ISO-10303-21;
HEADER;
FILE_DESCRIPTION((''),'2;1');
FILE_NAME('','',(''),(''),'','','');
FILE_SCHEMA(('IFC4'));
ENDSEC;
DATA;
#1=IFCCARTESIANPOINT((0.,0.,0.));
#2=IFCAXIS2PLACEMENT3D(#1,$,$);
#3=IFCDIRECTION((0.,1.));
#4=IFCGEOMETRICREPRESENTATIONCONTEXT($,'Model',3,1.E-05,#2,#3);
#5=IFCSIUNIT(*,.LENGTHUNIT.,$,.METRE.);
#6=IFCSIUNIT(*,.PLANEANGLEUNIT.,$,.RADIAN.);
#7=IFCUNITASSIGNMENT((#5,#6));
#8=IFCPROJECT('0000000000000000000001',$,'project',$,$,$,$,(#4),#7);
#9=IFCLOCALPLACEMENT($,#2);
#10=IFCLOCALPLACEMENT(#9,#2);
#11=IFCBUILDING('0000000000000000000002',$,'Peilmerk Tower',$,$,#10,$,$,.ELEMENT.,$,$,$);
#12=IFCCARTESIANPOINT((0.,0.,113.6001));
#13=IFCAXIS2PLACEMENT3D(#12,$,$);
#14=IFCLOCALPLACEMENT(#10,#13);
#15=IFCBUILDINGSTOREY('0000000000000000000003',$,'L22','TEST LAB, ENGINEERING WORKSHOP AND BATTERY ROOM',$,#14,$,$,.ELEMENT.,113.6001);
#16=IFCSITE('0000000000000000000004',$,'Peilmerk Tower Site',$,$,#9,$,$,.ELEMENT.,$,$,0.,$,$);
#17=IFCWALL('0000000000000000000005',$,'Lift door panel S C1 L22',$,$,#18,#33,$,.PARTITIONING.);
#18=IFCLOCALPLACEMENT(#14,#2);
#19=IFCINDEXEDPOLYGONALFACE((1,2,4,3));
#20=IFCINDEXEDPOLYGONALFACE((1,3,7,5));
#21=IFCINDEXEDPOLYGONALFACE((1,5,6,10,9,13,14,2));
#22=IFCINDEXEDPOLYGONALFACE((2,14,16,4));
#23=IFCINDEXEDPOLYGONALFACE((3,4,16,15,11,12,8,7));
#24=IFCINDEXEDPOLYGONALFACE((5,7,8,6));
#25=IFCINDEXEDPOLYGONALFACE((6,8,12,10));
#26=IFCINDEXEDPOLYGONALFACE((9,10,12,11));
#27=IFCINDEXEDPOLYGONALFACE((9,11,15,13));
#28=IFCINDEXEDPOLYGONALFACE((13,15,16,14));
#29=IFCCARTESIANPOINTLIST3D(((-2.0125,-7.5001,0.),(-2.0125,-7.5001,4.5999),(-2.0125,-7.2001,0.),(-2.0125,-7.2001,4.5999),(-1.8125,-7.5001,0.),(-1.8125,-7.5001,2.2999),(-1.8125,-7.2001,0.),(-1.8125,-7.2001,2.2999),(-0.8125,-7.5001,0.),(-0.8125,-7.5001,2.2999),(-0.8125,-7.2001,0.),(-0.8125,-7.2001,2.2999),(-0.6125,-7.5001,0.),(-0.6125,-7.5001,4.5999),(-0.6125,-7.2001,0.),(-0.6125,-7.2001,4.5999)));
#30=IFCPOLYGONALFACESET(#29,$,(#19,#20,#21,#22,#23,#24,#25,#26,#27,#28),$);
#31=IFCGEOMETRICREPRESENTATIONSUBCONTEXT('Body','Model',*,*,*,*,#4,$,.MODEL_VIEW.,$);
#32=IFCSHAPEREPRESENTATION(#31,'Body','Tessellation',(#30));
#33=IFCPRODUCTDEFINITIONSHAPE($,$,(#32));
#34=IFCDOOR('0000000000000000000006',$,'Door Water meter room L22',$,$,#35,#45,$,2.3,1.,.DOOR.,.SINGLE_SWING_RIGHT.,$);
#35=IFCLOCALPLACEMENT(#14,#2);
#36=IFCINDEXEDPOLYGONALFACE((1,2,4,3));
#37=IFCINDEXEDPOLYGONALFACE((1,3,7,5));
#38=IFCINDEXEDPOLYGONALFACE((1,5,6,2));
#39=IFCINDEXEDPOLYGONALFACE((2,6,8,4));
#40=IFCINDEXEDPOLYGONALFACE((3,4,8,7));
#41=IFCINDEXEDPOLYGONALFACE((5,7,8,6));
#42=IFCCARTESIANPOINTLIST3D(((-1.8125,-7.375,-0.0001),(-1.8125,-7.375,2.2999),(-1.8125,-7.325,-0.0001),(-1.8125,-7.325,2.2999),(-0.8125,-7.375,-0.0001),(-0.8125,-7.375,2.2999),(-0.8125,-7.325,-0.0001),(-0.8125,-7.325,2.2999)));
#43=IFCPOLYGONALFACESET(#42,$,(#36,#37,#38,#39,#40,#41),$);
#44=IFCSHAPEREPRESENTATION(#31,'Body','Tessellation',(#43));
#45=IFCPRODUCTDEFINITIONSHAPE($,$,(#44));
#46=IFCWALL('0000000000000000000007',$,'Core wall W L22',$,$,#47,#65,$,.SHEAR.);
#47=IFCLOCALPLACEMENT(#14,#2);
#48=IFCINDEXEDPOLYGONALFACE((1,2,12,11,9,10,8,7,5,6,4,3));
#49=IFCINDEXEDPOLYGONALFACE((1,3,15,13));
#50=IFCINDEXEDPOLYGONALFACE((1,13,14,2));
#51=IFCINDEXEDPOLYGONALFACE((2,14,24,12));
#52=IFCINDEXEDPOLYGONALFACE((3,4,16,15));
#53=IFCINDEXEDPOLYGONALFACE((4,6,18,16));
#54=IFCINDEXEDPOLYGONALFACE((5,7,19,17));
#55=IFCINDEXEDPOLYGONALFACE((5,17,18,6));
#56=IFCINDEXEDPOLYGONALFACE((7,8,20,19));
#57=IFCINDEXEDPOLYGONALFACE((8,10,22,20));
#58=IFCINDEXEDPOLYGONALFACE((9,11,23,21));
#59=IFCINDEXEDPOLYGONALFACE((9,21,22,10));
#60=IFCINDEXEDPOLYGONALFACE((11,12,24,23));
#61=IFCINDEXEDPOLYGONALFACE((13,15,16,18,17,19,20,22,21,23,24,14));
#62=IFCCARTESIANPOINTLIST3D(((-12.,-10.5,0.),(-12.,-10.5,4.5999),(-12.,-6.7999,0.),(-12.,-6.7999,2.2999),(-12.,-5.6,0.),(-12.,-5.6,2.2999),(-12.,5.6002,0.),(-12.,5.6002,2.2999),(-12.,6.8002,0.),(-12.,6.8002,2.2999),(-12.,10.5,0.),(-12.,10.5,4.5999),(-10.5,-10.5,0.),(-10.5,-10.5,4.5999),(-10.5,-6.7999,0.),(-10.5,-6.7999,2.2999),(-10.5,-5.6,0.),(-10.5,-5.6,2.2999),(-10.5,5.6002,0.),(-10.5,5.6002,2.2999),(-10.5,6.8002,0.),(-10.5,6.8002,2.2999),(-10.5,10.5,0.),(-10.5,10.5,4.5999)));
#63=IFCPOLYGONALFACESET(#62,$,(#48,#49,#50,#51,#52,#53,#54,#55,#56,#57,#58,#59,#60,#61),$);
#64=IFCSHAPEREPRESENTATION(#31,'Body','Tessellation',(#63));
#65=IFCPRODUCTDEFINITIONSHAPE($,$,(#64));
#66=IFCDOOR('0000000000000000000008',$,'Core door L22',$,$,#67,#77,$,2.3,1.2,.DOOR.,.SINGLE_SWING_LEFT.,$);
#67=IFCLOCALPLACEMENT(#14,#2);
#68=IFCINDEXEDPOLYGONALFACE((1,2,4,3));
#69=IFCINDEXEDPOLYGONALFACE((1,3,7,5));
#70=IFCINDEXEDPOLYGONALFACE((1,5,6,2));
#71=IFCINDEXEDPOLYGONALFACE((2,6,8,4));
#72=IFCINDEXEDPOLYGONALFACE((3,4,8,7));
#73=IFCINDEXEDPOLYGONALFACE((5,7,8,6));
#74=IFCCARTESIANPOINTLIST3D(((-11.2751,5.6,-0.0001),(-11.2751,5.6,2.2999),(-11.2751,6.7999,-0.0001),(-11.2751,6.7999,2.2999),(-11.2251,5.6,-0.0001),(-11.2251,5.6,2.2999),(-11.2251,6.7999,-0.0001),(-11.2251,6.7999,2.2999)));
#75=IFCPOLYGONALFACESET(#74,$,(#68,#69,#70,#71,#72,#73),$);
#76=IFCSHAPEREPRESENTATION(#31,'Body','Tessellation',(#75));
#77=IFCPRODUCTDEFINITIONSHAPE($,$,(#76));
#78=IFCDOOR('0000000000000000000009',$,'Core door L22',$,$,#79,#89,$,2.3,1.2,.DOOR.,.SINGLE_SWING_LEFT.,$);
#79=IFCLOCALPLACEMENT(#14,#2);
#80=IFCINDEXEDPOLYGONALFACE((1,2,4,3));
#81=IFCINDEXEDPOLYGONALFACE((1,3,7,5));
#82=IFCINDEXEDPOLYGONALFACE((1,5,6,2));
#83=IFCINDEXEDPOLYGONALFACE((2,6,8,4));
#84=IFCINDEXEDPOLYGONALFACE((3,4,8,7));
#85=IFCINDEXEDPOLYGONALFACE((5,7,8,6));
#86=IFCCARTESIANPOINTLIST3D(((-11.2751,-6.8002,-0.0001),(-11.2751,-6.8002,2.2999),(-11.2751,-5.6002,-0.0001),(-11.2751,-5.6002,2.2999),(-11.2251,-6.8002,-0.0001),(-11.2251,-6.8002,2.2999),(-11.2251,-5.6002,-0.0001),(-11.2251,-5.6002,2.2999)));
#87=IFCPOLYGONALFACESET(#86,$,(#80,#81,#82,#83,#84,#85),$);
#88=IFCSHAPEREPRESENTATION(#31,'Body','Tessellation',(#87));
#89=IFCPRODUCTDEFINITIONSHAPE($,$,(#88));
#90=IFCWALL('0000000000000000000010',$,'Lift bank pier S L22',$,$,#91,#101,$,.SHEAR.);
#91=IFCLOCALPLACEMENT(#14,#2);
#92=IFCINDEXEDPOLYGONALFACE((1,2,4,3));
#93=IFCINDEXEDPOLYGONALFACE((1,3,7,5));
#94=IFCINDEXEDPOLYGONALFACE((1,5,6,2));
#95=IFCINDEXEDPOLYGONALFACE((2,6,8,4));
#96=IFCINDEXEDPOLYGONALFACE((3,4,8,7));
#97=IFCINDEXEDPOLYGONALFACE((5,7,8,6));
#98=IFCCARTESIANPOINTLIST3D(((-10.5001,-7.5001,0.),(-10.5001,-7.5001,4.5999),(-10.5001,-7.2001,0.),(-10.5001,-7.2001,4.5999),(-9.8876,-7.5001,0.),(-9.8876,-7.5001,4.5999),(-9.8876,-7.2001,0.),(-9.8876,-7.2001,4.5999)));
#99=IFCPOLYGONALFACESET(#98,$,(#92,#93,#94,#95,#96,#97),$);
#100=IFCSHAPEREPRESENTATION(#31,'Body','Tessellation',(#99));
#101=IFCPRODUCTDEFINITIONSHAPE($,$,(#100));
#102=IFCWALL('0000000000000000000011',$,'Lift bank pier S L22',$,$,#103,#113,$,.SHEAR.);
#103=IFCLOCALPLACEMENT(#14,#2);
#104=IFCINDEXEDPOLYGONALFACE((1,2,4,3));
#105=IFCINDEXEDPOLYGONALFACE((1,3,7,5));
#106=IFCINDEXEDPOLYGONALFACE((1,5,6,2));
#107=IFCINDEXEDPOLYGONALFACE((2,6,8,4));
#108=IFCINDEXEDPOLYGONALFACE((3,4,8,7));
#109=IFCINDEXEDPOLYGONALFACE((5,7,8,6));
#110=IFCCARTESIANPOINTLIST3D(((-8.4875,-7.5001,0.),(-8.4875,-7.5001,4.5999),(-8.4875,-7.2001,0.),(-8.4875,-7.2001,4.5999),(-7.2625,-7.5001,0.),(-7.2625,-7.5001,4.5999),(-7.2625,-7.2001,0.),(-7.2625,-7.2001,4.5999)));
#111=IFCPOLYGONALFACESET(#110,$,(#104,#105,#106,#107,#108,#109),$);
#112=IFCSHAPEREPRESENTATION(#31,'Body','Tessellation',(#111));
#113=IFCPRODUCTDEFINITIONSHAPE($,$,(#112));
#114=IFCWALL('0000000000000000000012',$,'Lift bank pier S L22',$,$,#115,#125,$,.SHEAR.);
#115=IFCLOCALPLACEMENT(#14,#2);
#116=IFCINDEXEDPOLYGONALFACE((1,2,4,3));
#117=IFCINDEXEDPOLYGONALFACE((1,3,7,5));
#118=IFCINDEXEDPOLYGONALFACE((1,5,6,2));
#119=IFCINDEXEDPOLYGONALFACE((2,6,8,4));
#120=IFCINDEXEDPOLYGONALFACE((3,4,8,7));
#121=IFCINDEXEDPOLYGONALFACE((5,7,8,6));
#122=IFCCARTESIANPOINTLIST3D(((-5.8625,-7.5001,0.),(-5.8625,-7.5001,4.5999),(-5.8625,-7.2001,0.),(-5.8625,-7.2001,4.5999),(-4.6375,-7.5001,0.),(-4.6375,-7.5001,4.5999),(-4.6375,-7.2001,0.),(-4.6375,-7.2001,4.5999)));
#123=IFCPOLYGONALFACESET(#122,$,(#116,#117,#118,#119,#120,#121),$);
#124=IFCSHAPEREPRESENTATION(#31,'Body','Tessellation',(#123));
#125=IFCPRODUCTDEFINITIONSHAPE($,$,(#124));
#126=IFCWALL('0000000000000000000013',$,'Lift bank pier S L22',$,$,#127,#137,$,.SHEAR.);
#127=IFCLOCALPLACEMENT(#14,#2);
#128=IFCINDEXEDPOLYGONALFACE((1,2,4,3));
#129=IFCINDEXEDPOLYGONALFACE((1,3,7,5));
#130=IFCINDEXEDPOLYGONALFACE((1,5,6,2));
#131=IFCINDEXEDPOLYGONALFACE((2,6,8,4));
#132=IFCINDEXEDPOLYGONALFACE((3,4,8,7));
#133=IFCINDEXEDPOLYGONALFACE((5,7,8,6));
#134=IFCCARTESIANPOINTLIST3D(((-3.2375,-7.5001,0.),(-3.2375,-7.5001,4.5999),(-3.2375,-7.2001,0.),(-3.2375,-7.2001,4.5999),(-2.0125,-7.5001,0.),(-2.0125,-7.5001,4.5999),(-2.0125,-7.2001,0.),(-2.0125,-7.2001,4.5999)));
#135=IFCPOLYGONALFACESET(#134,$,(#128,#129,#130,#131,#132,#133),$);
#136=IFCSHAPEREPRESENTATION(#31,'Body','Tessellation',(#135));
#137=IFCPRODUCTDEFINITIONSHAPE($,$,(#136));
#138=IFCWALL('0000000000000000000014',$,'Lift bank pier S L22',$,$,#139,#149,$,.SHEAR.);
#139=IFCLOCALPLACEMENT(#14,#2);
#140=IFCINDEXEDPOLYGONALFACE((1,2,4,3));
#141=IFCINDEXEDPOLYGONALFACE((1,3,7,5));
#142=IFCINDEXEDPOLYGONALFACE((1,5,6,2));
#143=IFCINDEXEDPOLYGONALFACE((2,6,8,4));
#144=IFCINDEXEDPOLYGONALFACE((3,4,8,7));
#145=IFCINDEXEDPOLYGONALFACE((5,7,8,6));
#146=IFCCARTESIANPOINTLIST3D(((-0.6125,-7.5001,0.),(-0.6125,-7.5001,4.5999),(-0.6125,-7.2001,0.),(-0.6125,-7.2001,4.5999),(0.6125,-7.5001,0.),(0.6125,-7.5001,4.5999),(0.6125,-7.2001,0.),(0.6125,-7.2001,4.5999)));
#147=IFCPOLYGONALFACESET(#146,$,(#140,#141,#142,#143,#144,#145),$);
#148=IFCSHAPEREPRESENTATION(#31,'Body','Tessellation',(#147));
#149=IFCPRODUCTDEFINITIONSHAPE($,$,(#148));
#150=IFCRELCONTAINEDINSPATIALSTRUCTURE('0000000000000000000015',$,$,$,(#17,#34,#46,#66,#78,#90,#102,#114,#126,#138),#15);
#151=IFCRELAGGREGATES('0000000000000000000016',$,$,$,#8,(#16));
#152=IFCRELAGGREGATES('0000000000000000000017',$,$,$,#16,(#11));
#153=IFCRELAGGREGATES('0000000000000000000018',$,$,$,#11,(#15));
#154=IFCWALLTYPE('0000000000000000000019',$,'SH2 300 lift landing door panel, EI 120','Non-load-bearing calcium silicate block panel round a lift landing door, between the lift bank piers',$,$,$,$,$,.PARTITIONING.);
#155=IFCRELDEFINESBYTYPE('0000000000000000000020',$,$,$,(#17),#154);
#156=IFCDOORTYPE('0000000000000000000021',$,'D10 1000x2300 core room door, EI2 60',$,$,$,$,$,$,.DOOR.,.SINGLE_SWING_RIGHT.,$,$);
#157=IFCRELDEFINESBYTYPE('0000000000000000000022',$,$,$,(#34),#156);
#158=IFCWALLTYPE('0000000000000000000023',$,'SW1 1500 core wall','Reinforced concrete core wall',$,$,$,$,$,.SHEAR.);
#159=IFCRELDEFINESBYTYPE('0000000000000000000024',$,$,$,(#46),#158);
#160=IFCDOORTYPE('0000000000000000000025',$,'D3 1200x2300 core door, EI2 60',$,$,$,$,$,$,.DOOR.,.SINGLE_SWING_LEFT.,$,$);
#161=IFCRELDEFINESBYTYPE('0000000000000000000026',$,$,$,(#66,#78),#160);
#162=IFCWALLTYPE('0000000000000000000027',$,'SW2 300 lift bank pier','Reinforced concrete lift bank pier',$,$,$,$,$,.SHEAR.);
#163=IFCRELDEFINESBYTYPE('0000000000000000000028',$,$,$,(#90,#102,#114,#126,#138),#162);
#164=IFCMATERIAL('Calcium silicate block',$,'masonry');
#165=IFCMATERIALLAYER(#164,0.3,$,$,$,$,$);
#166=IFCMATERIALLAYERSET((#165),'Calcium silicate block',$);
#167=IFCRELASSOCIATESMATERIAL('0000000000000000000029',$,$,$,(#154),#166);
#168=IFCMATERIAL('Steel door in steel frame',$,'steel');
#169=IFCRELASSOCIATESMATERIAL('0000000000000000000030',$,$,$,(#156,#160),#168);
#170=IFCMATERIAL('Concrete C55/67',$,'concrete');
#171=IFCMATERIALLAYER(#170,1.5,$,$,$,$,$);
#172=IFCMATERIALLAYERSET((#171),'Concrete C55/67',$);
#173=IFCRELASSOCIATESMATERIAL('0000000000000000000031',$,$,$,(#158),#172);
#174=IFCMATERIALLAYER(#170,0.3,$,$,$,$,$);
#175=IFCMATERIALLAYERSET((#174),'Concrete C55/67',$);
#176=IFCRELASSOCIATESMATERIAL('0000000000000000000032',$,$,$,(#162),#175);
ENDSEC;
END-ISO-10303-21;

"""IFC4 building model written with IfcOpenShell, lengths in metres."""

from ifc_helpers import new_model, si_unit, direction, frame, frame_2d, origin, place, context, subcontext, project, spatial, rectangle, extrude, material, layer, layer_set, type_object, element, fill, save


model = new_model("IFC4")

# Units and contexts
model_context = context("Model", 3, precision=1e-05, world=origin(), true_north=direction((0.0, 1.0)))
body_context = subcontext(model_context, "Body", "Model", "MODEL_VIEW")
ifc_project = project(units=[si_unit("LENGTHUNIT", "METRE"), si_unit("PLANEANGLEUNIT", "RADIAN")], contexts=[model_context])

# Site, building, storey
site_placement = place(None, origin())
site = spatial("IfcSite", under=ifc_project, at=site_placement, Name="Peilmerk Tower Site", CompositionType="ELEMENT", RefElevation=0.0)
building_placement = place(site_placement, origin())
building = spatial("IfcBuilding", under=site, at=building_placement, Name="Peilmerk Tower", CompositionType="ELEMENT")
storey_placement = place(building_placement, frame((0.0, 0.0, 113.6001)))
storey = spatial("IfcBuildingStorey", under=building, at=storey_placement, Name="L22", Description="TEST LAB, ENGINEERING WORKSHOP AND BATTERY ROOM", CompositionType="ELEMENT", Elevation=113.6001)

# Shared definitions
ifc_material_1 = material(Name="Calcium silicate block", Category="masonry")
ifc_layer_1 = layer(ifc_material_1, 0.3)
ifc_layer_set_1 = layer_set([ifc_layer_1], Name="Calcium silicate block")
wall_type_1 = type_object("IfcWallType", Name="SH2 300 lift landing door panel, EI 120", Description="Non-load-bearing calcium silicate block panel round a lift landing door, between the lift bank piers", PredefinedType="PARTITIONING", material=ifc_layer_set_1)

# Shared definitions
ifc_material_2 = material(Name="Steel door in steel frame", Category="steel")
door_type_1 = type_object("IfcDoorType", Name="D10 1000x2300 core room door, EI2 60", OperationType="SINGLE_SWING_RIGHT", PredefinedType="DOOR", material=ifc_material_2)

# Wall, opening, door
wall_1_placement = place(storey_placement, frame((-2.0125, -7.3501, 0.0), z_axis=(0.0, 0.0, 1.0), x_axis=(1.0, 0.0, 0.0)))
wall_1 = element("IfcWall", 1, at=wall_1_placement, inside=storey, type_object=wall_type_1, Name="Lift door panel S C1 L22", PredefinedType="PARTITIONING", context=body_context, shape_type="SweptSolid", body=[
    extrude(rectangle(XDim=1.3999, YDim=0.3, at=frame_2d((0.7, 0.0))), origin(), (0.0, 0.0, 1.0), 4.5999),
])
opening_1_placement = place(wall_1_placement, frame((0.2, 0.0, 0.0)))
opening_1 = element("IfcOpeningElement", 2, at=opening_1_placement, cuts=wall_1, PredefinedType="OPENING", context=body_context, shape_type="SweptSolid", body=[
    extrude(rectangle(XDim=1.0, YDim=2.3, at=frame_2d((0.5, 1.1499))), frame((0.0, 0.1599, 0.0), z_axis=(0.0, -1.0, 0.0), x_axis=(1.0, 0.0, 0.0)), (0.0, 0.0, 1.0), 0.3201),
])
door_1_placement = place(opening_1_placement, frame((1.0, 0.0, 0.0), z_axis=(0.0, 0.0, 1.0), x_axis=(-1.0, 0.0, 0.0)))
door_1 = element("IfcDoor", 3, at=door_1_placement, inside=storey, type_object=door_type_1, Name="Door Water meter room L22", OperationType="SINGLE_SWING_RIGHT", OverallHeight=2.3, OverallWidth=1.0, PredefinedType="DOOR", context=body_context, shape_type="SweptSolid", body=[
    extrude(rectangle(XDim=1.0, YDim=2.3, at=frame_2d((0.5, 1.1499))), frame((0.0, 0.0249, 0.0), z_axis=(0.0, -1.0, 0.0), x_axis=(1.0, 0.0, 0.0)), (0.0, 0.0, 1.0), 0.05),
])
fill(opening_1, door_1)

# Wall, openings, doors
ifc_material_3 = material(Name="Concrete C55/67", Category="concrete")
ifc_layer_2 = layer(ifc_material_3, 1.5)
ifc_layer_set_2 = layer_set([ifc_layer_2], Name="Concrete C55/67")
wall_type_2 = type_object("IfcWallType", Name="SW1 1500 core wall", Description="Reinforced concrete core wall", PredefinedType="SHEAR", material=ifc_layer_set_2)
wall_2_placement = place(storey_placement, frame((-11.25, -10.5, 0.0), z_axis=(0.0, 0.0, 1.0), x_axis=(0.0, 1.0, 0.0)))
wall_2 = element("IfcWall", 4, at=wall_2_placement, inside=storey, type_object=wall_type_2, Name="Core wall W L22", PredefinedType="SHEAR", context=body_context, shape_type="SweptSolid", body=[
    extrude(rectangle(XDim=21.0, YDim=1.5, at=frame_2d((10.5, 0.0))), origin(), (0.0, 0.0, 1.0), 4.5999),
])
opening_2_placement = place(wall_2_placement, frame((16.1001, 0.0, 0.0)))
opening_2 = element("IfcOpeningElement", 5, at=opening_2_placement, cuts=wall_2, PredefinedType="OPENING", context=body_context, shape_type="SweptSolid", body=[
    extrude(rectangle(XDim=1.2, YDim=2.3, at=frame_2d((0.6001, 1.1499))), frame((0.0, 0.76, 0.0), z_axis=(0.0, -1.0, 0.0), x_axis=(1.0, 0.0, 0.0)), (0.0, 0.0, 1.0), 1.52),
])
opening_3_placement = place(wall_2_placement, frame((3.7, 0.0, 0.0)))
opening_3 = element("IfcOpeningElement", 6, at=opening_3_placement, cuts=wall_2, PredefinedType="OPENING", context=body_context, shape_type="SweptSolid", body=[
    extrude(rectangle(XDim=1.2, YDim=2.3, at=frame_2d((0.6001, 1.1499))), frame((0.0, 0.76, 0.0), z_axis=(0.0, -1.0, 0.0), x_axis=(1.0, 0.0, 0.0)), (0.0, 0.0, 1.0), 1.52),
])
door_type_2 = type_object("IfcDoorType", Name="D3 1200x2300 core door, EI2 60", OperationType="SINGLE_SWING_LEFT", PredefinedType="DOOR", material=ifc_material_2)
door_2_placement = place(opening_2_placement, frame((1.2, 0.0, 0.0), z_axis=(0.0, 0.0, 1.0), x_axis=(-1.0, 0.0, 0.0)))
door_2 = element("IfcDoor", 7, at=door_2_placement, inside=storey, type_object=door_type_2, Name="Core door L22", OperationType="SINGLE_SWING_LEFT", OverallHeight=2.3, OverallWidth=1.2, PredefinedType="DOOR", context=body_context, shape_type="SweptSolid", body=[
    extrude(rectangle(XDim=1.2, YDim=2.3, at=frame_2d((0.6001, 1.1499))), frame((0.0, 0.0249, 0.0), z_axis=(0.0, -1.0, 0.0), x_axis=(1.0, 0.0, 0.0)), (0.0, 0.0, 1.0), 0.05),
])
fill(opening_2, door_2)
door_3_placement = place(opening_3_placement, frame((1.2, 0.0, 0.0), z_axis=(0.0, 0.0, 1.0), x_axis=(-1.0, 0.0, 0.0)))
door_3 = element("IfcDoor", 8, at=door_3_placement, inside=storey, type_object=door_type_2, Name="Core door L22", OperationType="SINGLE_SWING_LEFT", OverallHeight=2.3, OverallWidth=1.2, PredefinedType="DOOR", context=body_context, shape_type="SweptSolid", body=[
    extrude(rectangle(XDim=1.2, YDim=2.3, at=frame_2d((0.6001, 1.1499))), frame((0.0, 0.0249, 0.0), z_axis=(0.0, -1.0, 0.0), x_axis=(1.0, 0.0, 0.0)), (0.0, 0.0, 1.0), 0.05),
])
fill(opening_3, door_3)

# Walls
ifc_layer_3 = layer(ifc_material_3, 0.3)
ifc_layer_set_3 = layer_set([ifc_layer_3], Name="Concrete C55/67")
wall_type_3 = type_object("IfcWallType", Name="SW2 300 lift bank pier", Description="Reinforced concrete lift bank pier", PredefinedType="SHEAR", material=ifc_layer_set_3)
wall_3_placement = place(storey_placement, frame((-10.5, -7.3501, 0.0), z_axis=(0.0, 0.0, 1.0), x_axis=(1.0, 0.0, 0.0)))
element("IfcWall", 9, at=wall_3_placement, inside=storey, type_object=wall_type_3, Name="Lift bank pier S L22", PredefinedType="SHEAR", context=body_context, shape_type="SweptSolid", body=[
    extrude(rectangle(XDim=0.6125, YDim=0.3, at=frame_2d((0.3062, 0.0))), origin(), (0.0, 0.0, 1.0), 4.5999),
])
for number, where, z_axis, x_axis, name in (
    (10, (-8.4875, -7.3501, 0.0), (0.0, 0.0, 1.0), (1.0, 0.0, 0.0), "Lift bank pier S L22"),
    (11, (-5.8625, -7.3501, 0.0), (0.0, 0.0, 1.0), (1.0, 0.0, 0.0), "Lift bank pier S L22"),
    (12, (-3.2375, -7.3501, 0.0), (0.0, 0.0, 1.0), (1.0, 0.0, 0.0), "Lift bank pier S L22"),
    (13, (-0.6125, -7.3501, 0.0), (0.0, 0.0, 1.0), (1.0, 0.0, 0.0), "Lift bank pier S L22"),
):
    element("IfcWall", number, at=place(storey_placement, frame(where, z_axis=z_axis, x_axis=x_axis)), inside=storey, type_object=wall_type_3, Name=name, PredefinedType="SHEAR", context=body_context, shape_type="SweptSolid", body=[
        extrude(rectangle(XDim=1.2251, YDim=0.3, at=frame_2d((0.6125, 0.0))), origin(), (0.0, 0.0, 1.0), 4.5999),
    ])

save(model, "model.ifc")
